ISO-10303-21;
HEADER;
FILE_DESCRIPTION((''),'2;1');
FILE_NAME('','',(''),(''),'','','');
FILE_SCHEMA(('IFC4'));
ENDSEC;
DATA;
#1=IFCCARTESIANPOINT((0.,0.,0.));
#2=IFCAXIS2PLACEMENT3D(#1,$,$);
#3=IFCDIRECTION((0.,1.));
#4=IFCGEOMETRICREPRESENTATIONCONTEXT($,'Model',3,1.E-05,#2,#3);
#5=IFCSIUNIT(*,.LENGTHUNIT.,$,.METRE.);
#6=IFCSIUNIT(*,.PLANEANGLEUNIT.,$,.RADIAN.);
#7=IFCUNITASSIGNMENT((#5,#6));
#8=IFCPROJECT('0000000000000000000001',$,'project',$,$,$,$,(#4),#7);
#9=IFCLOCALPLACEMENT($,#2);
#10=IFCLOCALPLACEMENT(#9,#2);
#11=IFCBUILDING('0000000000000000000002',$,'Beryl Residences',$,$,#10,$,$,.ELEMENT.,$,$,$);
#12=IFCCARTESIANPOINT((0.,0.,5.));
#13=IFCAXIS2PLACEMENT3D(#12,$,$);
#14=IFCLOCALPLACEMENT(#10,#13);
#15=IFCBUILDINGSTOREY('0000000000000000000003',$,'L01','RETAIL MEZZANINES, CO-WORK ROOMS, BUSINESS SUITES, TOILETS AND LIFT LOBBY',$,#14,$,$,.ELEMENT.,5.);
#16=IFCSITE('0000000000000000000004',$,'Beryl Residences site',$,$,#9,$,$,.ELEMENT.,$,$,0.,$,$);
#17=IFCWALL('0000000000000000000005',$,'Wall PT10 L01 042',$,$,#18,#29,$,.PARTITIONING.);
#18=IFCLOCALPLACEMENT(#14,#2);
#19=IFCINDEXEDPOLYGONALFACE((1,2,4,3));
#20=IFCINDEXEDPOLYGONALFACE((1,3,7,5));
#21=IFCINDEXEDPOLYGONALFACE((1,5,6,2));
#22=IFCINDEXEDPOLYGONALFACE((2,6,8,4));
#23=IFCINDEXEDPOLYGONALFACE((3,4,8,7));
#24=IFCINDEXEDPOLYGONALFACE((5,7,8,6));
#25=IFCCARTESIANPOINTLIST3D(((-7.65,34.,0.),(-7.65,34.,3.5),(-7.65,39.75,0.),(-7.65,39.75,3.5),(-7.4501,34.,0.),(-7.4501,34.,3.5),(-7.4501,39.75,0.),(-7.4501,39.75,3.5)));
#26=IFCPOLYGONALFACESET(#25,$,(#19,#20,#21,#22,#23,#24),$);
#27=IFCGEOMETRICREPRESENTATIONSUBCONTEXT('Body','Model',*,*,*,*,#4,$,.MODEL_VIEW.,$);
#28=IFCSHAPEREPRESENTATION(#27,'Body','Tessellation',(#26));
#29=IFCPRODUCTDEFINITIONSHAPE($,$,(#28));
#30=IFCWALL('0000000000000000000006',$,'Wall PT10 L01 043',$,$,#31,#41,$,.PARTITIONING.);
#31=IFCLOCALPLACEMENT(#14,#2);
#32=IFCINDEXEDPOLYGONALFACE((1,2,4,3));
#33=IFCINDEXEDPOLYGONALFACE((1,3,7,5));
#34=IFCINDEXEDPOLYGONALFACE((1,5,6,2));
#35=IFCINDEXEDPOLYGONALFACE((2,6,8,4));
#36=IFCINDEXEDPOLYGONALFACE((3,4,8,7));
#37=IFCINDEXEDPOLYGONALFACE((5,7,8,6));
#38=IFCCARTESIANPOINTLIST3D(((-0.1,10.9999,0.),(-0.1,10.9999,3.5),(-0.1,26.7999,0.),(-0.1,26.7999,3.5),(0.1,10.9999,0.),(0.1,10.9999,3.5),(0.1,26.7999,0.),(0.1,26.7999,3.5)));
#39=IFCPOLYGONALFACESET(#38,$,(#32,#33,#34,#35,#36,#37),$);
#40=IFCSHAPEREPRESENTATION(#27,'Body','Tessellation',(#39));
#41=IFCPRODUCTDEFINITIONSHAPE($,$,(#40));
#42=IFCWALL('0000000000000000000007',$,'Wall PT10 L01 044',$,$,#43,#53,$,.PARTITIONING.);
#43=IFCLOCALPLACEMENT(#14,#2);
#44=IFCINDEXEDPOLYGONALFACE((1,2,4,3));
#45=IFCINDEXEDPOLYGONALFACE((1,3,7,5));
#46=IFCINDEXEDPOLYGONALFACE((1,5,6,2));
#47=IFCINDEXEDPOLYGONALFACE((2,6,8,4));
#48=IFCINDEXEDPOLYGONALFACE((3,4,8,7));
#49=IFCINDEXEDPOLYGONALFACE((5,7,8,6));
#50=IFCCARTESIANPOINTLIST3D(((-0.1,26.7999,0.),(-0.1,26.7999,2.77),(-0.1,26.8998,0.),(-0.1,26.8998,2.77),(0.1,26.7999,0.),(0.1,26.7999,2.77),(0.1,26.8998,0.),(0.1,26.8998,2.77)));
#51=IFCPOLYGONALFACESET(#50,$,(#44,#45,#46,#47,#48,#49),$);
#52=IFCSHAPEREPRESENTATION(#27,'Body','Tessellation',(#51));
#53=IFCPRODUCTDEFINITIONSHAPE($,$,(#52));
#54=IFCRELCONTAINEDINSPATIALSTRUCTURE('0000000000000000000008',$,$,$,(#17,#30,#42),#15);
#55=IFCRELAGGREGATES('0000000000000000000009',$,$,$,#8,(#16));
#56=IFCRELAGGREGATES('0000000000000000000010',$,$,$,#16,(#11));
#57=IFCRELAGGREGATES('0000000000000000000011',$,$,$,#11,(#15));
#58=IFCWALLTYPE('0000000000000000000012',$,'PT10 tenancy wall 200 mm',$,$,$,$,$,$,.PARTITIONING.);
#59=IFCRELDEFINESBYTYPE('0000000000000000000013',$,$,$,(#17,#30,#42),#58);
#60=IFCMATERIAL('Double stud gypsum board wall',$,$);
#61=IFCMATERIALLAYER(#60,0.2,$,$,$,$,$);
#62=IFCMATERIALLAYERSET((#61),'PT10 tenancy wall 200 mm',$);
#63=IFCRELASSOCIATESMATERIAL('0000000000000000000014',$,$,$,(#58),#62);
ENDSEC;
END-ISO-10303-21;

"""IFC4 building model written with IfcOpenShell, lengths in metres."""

from ifc_helpers import new_model, si_unit, direction, frame, frame_2d, origin, place, context, subcontext, project, spatial, rectangle, extrude, material, layer, layer_set, type_object, element, save


model = new_model("IFC4")

# Units and contexts
model_context = context("Model", 3, precision=1e-05, world=origin(), true_north=direction((0.0, 1.0)))
body_context = subcontext(model_context, "Body", "Model", "MODEL_VIEW")
ifc_project = project(units=[si_unit("LENGTHUNIT", "METRE"), si_unit("PLANEANGLEUNIT", "RADIAN")], contexts=[model_context])

# Site, building, storey
site_placement = place(None, origin())
site = spatial("IfcSite", under=ifc_project, at=site_placement, Name="Beryl Residences site", CompositionType="ELEMENT", RefElevation=0.0)
building_placement = place(site_placement, origin())
building = spatial("IfcBuilding", under=site, at=building_placement, Name="Beryl Residences", CompositionType="ELEMENT")
storey_placement = place(building_placement, frame((0.0, 0.0, 5.0)))
storey = spatial("IfcBuildingStorey", under=building, at=storey_placement, Name="L01", Description="RETAIL MEZZANINES, CO-WORK ROOMS, BUSINESS SUITES, TOILETS AND LIFT LOBBY", CompositionType="ELEMENT", Elevation=5.0)

# Shared definitions
ifc_material_1 = material(Name="Double stud gypsum board wall")
ifc_layer = layer(ifc_material_1, 0.2)
ifc_layer_set = layer_set([ifc_layer], Name="PT10 tenancy wall 200 mm")
wall_type = type_object("IfcWallType", Name="PT10 tenancy wall 200 mm", PredefinedType="PARTITIONING", material=ifc_layer_set)

# Walls
wall_1_placement = place(storey_placement, frame((-7.55, 34.0, 0.0), z_axis=(0.0, 0.0, 1.0), x_axis=(0.0, 1.0, 0.0)))
element("IfcWall", 1, at=wall_1_placement, inside=storey, type_object=wall_type, Name="Wall PT10 L01 042", PredefinedType="PARTITIONING", context=body_context, shape_type="SweptSolid", body=[
    extrude(rectangle(XDim=5.75, YDim=0.2, at=frame_2d((2.875, 0.0))), origin(), (0.0, 0.0, 1.0), 3.5),
])
wall_2_placement = place(storey_placement, frame((0.0, 11.0, 0.0), z_axis=(0.0, 0.0, 1.0), x_axis=(0.0, 1.0, 0.0)))
element("IfcWall", 2, at=wall_2_placement, inside=storey, type_object=wall_type, Name="Wall PT10 L01 043", PredefinedType="PARTITIONING", context=body_context, shape_type="SweptSolid", body=[
    extrude(rectangle(XDim=15.8, YDim=0.2, at=frame_2d((7.8999, 0.0))), origin(), (0.0, 0.0, 1.0), 3.5),
])
wall_3_placement = place(storey_placement, frame((0.0, 26.8, 0.0), z_axis=(0.0, 0.0, 1.0), x_axis=(0.0, 1.0, 0.0)))
element("IfcWall", 3, at=wall_3_placement, inside=storey, type_object=wall_type, Name="Wall PT10 L01 044", PredefinedType="PARTITIONING", context=body_context, shape_type="SweptSolid", body=[
    extrude(rectangle(XDim=0.0999, YDim=0.2, at=frame_2d((0.0498, 0.0))), origin(), (0.0, 0.0, 1.0), 2.77),
])

save(model, "model.ifc")
